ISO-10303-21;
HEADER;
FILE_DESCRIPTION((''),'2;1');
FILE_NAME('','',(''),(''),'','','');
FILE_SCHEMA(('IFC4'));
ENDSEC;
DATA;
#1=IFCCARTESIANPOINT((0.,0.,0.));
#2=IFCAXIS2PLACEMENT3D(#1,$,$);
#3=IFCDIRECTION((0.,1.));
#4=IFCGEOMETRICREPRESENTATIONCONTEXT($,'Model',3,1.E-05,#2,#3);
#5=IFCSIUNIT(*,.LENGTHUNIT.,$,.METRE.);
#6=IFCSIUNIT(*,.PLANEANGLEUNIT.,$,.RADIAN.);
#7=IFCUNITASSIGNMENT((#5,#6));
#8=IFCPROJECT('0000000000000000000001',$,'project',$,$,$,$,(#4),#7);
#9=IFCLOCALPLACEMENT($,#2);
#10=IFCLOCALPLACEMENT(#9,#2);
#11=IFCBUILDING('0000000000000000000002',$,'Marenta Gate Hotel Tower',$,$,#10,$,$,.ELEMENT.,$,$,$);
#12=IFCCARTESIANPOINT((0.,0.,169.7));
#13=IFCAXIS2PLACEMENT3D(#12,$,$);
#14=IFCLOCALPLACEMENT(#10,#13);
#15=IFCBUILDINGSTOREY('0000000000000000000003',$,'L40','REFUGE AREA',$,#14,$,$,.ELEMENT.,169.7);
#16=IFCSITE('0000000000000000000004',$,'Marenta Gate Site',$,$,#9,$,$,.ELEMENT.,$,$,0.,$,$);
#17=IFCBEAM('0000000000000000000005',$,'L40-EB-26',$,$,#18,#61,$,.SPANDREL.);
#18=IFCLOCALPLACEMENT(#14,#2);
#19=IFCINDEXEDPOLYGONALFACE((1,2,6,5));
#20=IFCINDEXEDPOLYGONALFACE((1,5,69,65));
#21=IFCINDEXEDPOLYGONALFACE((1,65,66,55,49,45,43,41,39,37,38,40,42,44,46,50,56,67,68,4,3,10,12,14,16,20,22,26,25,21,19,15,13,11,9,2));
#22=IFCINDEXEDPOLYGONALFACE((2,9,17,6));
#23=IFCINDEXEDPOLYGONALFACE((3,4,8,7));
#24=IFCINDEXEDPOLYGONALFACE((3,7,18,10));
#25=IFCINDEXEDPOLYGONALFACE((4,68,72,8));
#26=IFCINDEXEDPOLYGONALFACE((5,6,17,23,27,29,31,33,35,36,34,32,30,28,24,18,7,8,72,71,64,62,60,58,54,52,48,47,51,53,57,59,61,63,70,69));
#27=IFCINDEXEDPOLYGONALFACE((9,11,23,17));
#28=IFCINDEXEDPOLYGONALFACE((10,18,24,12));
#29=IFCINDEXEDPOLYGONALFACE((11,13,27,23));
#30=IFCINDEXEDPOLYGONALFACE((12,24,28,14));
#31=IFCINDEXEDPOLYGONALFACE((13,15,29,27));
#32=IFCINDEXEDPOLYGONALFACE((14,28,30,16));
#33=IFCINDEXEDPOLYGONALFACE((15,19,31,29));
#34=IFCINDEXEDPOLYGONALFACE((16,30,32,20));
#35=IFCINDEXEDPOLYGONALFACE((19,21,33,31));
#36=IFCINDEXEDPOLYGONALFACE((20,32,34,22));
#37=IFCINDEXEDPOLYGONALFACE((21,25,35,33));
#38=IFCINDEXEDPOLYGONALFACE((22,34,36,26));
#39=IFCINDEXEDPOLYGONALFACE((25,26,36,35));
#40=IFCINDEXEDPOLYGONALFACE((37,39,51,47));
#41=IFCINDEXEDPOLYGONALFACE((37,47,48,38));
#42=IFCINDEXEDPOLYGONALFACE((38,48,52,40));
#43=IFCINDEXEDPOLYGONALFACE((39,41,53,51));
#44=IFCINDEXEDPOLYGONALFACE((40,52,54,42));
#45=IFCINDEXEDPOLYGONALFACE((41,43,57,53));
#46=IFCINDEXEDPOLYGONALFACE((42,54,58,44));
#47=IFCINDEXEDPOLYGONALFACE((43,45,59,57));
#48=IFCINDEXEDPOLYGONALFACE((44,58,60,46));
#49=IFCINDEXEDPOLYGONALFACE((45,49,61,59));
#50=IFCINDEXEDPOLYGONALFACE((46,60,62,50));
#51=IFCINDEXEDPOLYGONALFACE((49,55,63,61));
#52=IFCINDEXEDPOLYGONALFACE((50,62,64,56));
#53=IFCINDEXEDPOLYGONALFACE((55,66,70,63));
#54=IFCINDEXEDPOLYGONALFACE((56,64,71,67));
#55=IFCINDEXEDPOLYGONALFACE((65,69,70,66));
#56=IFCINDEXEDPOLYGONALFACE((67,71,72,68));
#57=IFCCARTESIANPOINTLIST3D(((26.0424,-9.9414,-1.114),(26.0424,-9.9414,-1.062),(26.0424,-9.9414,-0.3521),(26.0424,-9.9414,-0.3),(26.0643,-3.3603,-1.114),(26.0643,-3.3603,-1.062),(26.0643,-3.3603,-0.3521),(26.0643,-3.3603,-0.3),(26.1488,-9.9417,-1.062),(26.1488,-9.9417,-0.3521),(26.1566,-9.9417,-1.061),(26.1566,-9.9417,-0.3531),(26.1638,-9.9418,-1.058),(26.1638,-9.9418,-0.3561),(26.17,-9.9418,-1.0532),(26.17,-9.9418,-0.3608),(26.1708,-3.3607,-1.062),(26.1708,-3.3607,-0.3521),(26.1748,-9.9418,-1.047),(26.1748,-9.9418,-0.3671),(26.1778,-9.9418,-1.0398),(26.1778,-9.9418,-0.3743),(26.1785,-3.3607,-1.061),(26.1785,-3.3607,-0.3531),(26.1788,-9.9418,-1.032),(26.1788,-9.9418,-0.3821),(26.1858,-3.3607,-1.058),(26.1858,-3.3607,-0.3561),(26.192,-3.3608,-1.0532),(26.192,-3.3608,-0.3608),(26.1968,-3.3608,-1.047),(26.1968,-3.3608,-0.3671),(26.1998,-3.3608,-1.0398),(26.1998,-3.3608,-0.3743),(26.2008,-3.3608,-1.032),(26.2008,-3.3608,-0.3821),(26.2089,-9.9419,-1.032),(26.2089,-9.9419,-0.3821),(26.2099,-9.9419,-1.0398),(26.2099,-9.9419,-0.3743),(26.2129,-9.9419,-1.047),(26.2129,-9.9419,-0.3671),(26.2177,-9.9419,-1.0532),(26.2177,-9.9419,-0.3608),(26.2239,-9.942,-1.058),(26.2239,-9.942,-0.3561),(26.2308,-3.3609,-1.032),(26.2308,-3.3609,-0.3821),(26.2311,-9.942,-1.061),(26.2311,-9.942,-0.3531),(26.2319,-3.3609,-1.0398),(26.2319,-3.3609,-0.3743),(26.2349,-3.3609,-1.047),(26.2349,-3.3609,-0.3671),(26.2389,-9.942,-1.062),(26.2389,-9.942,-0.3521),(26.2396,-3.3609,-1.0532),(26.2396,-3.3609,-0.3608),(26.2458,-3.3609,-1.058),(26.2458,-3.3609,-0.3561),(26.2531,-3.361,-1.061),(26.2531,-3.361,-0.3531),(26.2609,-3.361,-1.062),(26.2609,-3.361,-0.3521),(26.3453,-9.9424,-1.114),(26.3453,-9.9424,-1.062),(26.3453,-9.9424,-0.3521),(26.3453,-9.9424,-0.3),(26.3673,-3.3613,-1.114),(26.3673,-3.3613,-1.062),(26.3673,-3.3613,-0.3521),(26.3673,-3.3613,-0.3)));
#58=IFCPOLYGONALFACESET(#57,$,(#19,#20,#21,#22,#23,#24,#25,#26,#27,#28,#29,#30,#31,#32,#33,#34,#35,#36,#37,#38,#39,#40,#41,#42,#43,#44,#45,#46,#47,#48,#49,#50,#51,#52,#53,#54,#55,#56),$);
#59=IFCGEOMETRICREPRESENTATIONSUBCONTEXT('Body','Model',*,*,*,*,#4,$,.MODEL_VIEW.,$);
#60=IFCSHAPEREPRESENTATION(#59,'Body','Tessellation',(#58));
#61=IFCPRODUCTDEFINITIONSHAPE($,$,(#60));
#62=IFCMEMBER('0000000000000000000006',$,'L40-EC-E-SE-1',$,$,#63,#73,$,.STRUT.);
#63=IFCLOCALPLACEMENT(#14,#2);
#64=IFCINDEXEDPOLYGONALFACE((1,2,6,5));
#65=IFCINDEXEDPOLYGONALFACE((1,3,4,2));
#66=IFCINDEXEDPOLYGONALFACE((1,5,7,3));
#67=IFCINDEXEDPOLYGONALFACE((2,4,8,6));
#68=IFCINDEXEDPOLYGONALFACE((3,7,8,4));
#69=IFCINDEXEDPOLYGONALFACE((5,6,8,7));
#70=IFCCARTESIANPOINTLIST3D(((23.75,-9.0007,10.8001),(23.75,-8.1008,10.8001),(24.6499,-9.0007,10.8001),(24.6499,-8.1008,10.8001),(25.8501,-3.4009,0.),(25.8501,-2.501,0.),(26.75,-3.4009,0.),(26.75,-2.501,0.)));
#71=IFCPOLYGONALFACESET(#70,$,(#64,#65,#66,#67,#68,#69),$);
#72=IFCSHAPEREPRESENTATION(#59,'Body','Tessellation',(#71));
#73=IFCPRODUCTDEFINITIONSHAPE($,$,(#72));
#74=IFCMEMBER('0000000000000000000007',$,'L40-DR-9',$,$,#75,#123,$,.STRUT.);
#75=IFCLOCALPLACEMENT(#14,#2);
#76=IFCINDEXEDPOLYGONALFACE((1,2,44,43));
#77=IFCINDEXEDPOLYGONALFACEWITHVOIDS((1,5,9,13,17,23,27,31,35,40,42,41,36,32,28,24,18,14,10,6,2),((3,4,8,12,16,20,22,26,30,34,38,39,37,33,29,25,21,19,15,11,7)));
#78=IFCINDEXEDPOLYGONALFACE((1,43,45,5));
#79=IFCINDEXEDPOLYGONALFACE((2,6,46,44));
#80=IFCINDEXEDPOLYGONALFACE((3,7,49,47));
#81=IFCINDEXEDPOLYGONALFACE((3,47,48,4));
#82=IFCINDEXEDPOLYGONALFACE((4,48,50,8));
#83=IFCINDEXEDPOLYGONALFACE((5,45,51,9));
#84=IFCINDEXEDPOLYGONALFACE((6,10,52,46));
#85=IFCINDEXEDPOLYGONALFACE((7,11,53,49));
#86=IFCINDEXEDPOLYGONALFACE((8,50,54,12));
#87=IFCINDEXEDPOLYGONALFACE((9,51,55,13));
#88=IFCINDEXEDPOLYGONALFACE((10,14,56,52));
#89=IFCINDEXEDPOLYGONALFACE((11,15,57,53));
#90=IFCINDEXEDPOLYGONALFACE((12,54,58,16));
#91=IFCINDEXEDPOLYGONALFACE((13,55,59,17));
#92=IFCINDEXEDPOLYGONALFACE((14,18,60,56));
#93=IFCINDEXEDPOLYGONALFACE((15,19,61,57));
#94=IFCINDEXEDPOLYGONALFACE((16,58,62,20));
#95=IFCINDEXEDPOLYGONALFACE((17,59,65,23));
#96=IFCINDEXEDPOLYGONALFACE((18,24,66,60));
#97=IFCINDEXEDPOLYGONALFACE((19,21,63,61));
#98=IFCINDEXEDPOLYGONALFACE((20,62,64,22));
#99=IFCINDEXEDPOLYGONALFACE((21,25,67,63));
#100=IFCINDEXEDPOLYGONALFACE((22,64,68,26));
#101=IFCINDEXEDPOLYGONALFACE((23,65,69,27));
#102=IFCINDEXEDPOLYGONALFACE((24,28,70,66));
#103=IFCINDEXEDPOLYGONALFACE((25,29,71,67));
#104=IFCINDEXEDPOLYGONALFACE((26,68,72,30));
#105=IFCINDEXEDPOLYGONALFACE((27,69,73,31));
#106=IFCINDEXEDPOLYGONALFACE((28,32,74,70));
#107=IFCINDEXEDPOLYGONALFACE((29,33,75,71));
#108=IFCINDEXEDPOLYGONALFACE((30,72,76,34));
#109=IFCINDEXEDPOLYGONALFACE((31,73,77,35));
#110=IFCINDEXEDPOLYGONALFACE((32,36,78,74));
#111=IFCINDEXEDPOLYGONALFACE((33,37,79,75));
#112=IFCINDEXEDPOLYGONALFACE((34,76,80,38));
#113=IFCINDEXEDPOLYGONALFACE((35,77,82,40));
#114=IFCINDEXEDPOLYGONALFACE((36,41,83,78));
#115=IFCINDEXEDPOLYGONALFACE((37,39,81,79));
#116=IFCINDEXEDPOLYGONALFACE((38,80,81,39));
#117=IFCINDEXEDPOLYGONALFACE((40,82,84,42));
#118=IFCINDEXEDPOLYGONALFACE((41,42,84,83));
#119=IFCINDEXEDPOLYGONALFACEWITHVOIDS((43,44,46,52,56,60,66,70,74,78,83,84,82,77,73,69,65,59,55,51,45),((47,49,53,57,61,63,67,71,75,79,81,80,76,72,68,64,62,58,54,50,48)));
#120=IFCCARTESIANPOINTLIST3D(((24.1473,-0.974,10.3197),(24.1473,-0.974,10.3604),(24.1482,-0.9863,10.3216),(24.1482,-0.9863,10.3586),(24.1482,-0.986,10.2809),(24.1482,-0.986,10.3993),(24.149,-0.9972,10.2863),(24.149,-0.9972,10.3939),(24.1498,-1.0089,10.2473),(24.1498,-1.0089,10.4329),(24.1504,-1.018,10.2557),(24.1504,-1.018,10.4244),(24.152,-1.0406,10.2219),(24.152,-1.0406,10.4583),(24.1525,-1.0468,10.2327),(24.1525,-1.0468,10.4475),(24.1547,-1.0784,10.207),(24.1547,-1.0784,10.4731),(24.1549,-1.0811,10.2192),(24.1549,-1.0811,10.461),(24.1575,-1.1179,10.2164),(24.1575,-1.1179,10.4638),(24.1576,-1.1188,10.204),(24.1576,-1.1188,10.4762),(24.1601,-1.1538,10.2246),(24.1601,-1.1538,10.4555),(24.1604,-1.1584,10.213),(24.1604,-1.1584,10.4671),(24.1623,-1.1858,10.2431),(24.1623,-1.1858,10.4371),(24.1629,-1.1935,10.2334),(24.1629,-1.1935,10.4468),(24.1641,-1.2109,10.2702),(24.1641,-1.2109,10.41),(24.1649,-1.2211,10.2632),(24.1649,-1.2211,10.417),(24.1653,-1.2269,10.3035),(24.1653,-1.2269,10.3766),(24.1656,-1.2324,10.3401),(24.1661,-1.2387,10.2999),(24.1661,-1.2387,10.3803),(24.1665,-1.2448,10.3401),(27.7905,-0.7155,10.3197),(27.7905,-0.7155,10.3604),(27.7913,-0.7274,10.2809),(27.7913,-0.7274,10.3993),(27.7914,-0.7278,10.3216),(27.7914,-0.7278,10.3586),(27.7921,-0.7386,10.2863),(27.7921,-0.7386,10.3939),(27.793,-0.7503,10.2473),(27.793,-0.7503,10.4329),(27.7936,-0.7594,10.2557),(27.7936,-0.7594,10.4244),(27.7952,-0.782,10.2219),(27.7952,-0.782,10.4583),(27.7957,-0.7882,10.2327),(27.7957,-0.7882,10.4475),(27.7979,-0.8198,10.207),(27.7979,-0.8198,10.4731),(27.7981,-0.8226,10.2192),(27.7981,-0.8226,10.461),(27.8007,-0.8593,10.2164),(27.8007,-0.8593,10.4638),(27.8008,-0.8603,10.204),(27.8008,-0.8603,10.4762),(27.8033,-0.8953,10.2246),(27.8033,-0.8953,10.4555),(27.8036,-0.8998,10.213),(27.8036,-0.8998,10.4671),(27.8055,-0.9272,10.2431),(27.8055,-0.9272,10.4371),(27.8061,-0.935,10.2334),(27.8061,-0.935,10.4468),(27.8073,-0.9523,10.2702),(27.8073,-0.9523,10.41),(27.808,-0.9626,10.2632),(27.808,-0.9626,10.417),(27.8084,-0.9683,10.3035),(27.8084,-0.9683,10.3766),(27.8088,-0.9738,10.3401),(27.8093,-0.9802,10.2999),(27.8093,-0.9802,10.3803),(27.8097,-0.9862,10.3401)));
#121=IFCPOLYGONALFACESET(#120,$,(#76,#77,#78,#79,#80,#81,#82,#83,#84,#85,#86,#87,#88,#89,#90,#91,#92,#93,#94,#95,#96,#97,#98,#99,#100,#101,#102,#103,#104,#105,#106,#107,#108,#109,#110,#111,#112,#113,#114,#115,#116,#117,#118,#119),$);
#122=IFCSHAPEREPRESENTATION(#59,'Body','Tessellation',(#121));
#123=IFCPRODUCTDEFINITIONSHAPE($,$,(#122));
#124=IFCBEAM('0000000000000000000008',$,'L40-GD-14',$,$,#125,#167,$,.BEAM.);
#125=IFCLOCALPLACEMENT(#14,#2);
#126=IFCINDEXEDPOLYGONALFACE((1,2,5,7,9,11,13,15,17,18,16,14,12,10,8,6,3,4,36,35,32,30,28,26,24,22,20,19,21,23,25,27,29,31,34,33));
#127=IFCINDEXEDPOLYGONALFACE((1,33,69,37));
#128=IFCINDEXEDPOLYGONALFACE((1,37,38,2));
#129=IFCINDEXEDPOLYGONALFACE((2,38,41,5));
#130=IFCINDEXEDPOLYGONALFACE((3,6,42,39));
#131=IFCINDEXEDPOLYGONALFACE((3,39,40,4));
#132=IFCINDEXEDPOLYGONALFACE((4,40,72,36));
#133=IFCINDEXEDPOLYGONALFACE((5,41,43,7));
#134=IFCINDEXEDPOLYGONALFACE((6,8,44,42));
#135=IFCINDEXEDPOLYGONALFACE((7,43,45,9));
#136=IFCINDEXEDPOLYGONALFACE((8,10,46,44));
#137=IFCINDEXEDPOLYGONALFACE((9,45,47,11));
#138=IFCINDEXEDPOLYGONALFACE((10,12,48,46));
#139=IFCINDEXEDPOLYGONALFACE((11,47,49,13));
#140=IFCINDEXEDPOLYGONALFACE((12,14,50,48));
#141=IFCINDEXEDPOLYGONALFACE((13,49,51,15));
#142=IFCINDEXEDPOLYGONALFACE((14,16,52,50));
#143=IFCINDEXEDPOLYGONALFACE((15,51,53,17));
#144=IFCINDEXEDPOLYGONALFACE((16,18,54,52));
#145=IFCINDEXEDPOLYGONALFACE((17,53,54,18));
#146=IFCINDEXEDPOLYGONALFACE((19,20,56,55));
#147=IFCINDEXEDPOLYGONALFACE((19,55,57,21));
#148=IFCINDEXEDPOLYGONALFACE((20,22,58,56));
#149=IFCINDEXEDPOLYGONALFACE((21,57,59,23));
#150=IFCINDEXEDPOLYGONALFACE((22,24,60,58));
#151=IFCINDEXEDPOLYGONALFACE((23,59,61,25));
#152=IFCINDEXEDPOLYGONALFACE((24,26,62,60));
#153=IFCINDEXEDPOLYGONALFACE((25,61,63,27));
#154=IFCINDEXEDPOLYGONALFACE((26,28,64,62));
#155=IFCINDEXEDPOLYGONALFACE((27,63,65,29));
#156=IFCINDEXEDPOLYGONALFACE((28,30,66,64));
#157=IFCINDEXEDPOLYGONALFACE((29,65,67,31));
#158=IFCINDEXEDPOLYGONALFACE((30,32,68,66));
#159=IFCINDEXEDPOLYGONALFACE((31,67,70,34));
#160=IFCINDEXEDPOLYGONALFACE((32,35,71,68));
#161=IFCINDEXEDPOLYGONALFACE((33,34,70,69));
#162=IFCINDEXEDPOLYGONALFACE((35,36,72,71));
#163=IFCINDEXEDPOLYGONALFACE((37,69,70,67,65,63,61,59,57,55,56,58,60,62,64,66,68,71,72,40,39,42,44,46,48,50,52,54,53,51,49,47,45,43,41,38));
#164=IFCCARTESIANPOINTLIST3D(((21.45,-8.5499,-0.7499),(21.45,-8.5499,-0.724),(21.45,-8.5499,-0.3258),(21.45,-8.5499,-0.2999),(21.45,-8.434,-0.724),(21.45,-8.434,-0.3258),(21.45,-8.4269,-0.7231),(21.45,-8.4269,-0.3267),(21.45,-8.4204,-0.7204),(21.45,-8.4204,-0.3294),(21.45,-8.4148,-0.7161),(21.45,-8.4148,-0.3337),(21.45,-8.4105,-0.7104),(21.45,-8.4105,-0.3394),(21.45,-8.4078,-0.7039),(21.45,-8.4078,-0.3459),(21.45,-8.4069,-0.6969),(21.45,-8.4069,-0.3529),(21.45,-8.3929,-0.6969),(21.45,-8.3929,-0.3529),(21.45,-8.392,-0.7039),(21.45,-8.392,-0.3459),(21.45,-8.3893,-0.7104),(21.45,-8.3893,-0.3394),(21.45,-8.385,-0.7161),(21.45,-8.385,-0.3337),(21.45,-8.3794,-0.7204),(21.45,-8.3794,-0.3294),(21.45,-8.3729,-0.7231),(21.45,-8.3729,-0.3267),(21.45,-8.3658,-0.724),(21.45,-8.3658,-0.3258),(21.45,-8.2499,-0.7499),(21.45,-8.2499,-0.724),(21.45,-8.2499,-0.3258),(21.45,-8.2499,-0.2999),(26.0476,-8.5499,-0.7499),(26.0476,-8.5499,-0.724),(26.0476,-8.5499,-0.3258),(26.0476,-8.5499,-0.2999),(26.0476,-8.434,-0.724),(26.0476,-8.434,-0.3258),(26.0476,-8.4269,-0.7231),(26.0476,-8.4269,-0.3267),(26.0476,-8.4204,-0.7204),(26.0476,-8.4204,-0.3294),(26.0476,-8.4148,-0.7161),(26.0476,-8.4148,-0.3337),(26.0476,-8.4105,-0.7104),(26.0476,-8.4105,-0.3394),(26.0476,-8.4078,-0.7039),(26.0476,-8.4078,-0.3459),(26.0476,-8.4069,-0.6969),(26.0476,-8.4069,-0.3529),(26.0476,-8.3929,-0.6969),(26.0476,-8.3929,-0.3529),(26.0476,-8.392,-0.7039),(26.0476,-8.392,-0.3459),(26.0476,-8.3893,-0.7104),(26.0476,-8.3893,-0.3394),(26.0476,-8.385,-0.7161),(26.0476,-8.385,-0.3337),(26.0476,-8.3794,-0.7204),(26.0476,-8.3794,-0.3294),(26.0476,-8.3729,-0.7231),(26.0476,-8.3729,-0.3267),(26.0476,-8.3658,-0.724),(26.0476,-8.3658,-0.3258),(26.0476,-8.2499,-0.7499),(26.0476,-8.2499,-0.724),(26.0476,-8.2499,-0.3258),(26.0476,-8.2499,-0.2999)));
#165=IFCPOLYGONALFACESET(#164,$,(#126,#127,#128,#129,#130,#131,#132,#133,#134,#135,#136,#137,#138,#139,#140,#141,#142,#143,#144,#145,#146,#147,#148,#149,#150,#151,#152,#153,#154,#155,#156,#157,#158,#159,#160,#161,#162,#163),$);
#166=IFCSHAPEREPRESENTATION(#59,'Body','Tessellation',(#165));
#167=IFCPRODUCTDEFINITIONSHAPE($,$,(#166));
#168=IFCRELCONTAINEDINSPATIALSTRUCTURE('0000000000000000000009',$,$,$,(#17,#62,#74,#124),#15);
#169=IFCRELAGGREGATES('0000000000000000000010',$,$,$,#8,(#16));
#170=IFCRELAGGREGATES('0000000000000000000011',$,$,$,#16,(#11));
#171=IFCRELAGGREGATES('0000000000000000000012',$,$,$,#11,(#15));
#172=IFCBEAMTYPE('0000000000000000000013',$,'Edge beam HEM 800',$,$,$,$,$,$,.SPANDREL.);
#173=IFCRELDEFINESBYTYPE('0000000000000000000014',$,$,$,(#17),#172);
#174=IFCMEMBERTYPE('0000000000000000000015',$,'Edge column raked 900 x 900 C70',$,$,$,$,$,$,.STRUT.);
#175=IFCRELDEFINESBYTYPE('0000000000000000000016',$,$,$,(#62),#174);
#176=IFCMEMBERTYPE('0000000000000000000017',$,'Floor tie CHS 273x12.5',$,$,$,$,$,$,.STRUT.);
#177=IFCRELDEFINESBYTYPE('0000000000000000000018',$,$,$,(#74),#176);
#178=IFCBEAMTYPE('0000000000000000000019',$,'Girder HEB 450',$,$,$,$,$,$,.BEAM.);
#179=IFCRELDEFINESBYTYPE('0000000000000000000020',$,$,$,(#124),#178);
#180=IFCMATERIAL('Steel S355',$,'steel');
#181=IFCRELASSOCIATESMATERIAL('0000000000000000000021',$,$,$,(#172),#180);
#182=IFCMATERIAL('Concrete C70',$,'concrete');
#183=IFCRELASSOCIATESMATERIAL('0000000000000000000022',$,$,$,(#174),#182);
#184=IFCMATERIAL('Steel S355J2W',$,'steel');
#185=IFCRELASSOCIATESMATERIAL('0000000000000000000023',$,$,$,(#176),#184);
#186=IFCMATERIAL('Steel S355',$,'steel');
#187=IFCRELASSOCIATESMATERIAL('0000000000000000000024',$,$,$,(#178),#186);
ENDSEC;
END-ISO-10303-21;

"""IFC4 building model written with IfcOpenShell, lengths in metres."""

from ifc_helpers import new_model, si_unit, direction, frame, origin, origin_2d, place, context, subcontext, project, spatial, rectangle, hollow_circle, i_section, extrude, material, material_profile, profile_set, type_object, element, save


model = new_model("IFC4")

# Units and contexts
model_context = context("Model", 3, precision=1e-05, world=origin(), true_north=direction((0.0, 1.0)))
body_context = subcontext(model_context, "Body", "Model", "MODEL_VIEW")
ifc_project = project(units=[si_unit("LENGTHUNIT", "METRE"), si_unit("PLANEANGLEUNIT", "RADIAN")], contexts=[model_context])

# Site, building, storey
site_placement = place(None, origin())
site = spatial("IfcSite", under=ifc_project, at=site_placement, Name="Marenta Gate Site", CompositionType="ELEMENT", RefElevation=0.0)
building_placement = place(site_placement, origin())
building = spatial("IfcBuilding", under=site, at=building_placement, Name="Marenta Gate Hotel Tower", CompositionType="ELEMENT")
storey_placement = place(building_placement, frame((0.0, 0.0, 169.7)))
storey = spatial("IfcBuildingStorey", under=building, at=storey_placement, Name="L40", Description="REFUGE AREA", CompositionType="ELEMENT", Elevation=169.7)

# Beam
ifc_material_1 = material(Name="Steel S355", Category="steel")
ifc_material_profile_1 = material_profile(ifc_material_1, i_section(OverallWidth=0.303, OverallDepth=0.814, WebThickness=0.03, FlangeThickness=0.052, FilletRadius=0.03, at=origin_2d()), Name="HEM 800")
ifc_profile_set_1 = profile_set([ifc_material_profile_1], Name="Steel S355")
beam_type_1 = type_object("IfcBeamType", Name="Edge beam HEM 800", PredefinedType="SPANDREL", material=ifc_profile_set_1)
beam_1_placement = place(storey_placement, frame((26.2158, -3.3608, -0.707), z_axis=(-0.003339, -0.999994, 0.0), x_axis=(0.999994, -0.003339, 0.0)))
element("IfcBeam", 1, at=beam_1_placement, inside=storey, type_object=beam_type_1, Name="L40-EB-26", PredefinedType="SPANDREL", context=body_context, shape_type="SweptSolid", body=[
    extrude(i_section(OverallWidth=0.303, OverallDepth=0.814, WebThickness=0.03, FlangeThickness=0.052, FilletRadius=0.03, at=origin_2d()), origin(), (0.0, 0.0, 1.0), 6.5811),
])

# Members
ifc_material_2 = material(Name="Concrete C70", Category="concrete")
ifc_material_profile_2 = material_profile(ifc_material_2, rectangle(XDim=0.8999, YDim=0.8999, at=origin_2d()), Name="900 x 900")
ifc_profile_set_2 = profile_set([ifc_material_profile_2], Name="Concrete C70")
member_type_1 = type_object("IfcMemberType", Name="Edge column raked 900 x 900 C70", PredefinedType="STRUT", material=ifc_profile_set_2)
member_1_placement = place(storey_placement, frame((26.3, -2.9509, 0.0), z_axis=(0.0, 0.0, 1.0), x_axis=(1.0, 0.0, 0.0)))
element("IfcMember", 2, at=member_1_placement, inside=storey, type_object=member_type_1, Name="L40-EC-E-SE-1", PredefinedType="STRUT", context=body_context, shape_type="SweptSolid", body=[
    extrude(rectangle(XDim=0.8999, YDim=0.8999, at=origin_2d()), origin(), (-0.170111, -0.453597, 0.874821), 12.3455),
])
ifc_material_3 = material(Name="Steel S355J2W", Category="steel")
ifc_material_profile_3 = material_profile(ifc_material_3, hollow_circle(Radius=0.1365, WallThickness=0.0125, at=origin_2d()), Name="CHS 273x12.5")
ifc_profile_set_3 = profile_set([ifc_material_profile_3], Name="Steel S355J2W")
member_type_2 = type_object("IfcMemberType", Name="Floor tie CHS 273x12.5", PredefinedType="STRUT", material=ifc_profile_set_3)
member_2_placement = place(storey_placement, frame((27.8, -0.8501, 10.3401), z_axis=(-0.997491, -0.070791, 0.0), x_axis=(0.070791, -0.997491, 0.0)))
element("IfcMember", 3, at=member_2_placement, inside=storey, type_object=member_type_2, Name="L40-DR-9", PredefinedType="STRUT", context=body_context, shape_type="SweptSolid", body=[
    extrude(hollow_circle(Radius=0.1365, WallThickness=0.0125, at=origin_2d()), origin(), (0.0, 0.0, 1.0), 3.6523),
])

# Beam
ifc_material_4 = material(Name="Steel S355", Category="steel")
ifc_material_profile_4 = material_profile(ifc_material_4, i_section(OverallWidth=0.3, OverallDepth=0.45, WebThickness=0.0139, FlangeThickness=0.0259, FilletRadius=0.0271, at=origin_2d()), Name="HEB 450")
ifc_profile_set_4 = profile_set([ifc_material_profile_4], Name="Steel S355")
beam_type_2 = type_object("IfcBeamType", Name="Girder HEB 450", PredefinedType="BEAM", material=ifc_profile_set_4)
beam_2_placement = place(storey_placement, frame((21.45, -8.3999, -0.5249), z_axis=(1.0, 0.0, 0.0), x_axis=(0.0, 1.0, 0.0)))
element("IfcBeam", 4, at=beam_2_placement, inside=storey, type_object=beam_type_2, Name="L40-GD-14", PredefinedType="BEAM", context=body_context, shape_type="SweptSolid", body=[
    extrude(i_section(OverallWidth=0.3, OverallDepth=0.45, WebThickness=0.0139, FlangeThickness=0.0259, FilletRadius=0.0271, at=origin_2d()), origin(), (0.0, 0.0, 1.0), 4.5977),
])

save(model, "model.ifc")
